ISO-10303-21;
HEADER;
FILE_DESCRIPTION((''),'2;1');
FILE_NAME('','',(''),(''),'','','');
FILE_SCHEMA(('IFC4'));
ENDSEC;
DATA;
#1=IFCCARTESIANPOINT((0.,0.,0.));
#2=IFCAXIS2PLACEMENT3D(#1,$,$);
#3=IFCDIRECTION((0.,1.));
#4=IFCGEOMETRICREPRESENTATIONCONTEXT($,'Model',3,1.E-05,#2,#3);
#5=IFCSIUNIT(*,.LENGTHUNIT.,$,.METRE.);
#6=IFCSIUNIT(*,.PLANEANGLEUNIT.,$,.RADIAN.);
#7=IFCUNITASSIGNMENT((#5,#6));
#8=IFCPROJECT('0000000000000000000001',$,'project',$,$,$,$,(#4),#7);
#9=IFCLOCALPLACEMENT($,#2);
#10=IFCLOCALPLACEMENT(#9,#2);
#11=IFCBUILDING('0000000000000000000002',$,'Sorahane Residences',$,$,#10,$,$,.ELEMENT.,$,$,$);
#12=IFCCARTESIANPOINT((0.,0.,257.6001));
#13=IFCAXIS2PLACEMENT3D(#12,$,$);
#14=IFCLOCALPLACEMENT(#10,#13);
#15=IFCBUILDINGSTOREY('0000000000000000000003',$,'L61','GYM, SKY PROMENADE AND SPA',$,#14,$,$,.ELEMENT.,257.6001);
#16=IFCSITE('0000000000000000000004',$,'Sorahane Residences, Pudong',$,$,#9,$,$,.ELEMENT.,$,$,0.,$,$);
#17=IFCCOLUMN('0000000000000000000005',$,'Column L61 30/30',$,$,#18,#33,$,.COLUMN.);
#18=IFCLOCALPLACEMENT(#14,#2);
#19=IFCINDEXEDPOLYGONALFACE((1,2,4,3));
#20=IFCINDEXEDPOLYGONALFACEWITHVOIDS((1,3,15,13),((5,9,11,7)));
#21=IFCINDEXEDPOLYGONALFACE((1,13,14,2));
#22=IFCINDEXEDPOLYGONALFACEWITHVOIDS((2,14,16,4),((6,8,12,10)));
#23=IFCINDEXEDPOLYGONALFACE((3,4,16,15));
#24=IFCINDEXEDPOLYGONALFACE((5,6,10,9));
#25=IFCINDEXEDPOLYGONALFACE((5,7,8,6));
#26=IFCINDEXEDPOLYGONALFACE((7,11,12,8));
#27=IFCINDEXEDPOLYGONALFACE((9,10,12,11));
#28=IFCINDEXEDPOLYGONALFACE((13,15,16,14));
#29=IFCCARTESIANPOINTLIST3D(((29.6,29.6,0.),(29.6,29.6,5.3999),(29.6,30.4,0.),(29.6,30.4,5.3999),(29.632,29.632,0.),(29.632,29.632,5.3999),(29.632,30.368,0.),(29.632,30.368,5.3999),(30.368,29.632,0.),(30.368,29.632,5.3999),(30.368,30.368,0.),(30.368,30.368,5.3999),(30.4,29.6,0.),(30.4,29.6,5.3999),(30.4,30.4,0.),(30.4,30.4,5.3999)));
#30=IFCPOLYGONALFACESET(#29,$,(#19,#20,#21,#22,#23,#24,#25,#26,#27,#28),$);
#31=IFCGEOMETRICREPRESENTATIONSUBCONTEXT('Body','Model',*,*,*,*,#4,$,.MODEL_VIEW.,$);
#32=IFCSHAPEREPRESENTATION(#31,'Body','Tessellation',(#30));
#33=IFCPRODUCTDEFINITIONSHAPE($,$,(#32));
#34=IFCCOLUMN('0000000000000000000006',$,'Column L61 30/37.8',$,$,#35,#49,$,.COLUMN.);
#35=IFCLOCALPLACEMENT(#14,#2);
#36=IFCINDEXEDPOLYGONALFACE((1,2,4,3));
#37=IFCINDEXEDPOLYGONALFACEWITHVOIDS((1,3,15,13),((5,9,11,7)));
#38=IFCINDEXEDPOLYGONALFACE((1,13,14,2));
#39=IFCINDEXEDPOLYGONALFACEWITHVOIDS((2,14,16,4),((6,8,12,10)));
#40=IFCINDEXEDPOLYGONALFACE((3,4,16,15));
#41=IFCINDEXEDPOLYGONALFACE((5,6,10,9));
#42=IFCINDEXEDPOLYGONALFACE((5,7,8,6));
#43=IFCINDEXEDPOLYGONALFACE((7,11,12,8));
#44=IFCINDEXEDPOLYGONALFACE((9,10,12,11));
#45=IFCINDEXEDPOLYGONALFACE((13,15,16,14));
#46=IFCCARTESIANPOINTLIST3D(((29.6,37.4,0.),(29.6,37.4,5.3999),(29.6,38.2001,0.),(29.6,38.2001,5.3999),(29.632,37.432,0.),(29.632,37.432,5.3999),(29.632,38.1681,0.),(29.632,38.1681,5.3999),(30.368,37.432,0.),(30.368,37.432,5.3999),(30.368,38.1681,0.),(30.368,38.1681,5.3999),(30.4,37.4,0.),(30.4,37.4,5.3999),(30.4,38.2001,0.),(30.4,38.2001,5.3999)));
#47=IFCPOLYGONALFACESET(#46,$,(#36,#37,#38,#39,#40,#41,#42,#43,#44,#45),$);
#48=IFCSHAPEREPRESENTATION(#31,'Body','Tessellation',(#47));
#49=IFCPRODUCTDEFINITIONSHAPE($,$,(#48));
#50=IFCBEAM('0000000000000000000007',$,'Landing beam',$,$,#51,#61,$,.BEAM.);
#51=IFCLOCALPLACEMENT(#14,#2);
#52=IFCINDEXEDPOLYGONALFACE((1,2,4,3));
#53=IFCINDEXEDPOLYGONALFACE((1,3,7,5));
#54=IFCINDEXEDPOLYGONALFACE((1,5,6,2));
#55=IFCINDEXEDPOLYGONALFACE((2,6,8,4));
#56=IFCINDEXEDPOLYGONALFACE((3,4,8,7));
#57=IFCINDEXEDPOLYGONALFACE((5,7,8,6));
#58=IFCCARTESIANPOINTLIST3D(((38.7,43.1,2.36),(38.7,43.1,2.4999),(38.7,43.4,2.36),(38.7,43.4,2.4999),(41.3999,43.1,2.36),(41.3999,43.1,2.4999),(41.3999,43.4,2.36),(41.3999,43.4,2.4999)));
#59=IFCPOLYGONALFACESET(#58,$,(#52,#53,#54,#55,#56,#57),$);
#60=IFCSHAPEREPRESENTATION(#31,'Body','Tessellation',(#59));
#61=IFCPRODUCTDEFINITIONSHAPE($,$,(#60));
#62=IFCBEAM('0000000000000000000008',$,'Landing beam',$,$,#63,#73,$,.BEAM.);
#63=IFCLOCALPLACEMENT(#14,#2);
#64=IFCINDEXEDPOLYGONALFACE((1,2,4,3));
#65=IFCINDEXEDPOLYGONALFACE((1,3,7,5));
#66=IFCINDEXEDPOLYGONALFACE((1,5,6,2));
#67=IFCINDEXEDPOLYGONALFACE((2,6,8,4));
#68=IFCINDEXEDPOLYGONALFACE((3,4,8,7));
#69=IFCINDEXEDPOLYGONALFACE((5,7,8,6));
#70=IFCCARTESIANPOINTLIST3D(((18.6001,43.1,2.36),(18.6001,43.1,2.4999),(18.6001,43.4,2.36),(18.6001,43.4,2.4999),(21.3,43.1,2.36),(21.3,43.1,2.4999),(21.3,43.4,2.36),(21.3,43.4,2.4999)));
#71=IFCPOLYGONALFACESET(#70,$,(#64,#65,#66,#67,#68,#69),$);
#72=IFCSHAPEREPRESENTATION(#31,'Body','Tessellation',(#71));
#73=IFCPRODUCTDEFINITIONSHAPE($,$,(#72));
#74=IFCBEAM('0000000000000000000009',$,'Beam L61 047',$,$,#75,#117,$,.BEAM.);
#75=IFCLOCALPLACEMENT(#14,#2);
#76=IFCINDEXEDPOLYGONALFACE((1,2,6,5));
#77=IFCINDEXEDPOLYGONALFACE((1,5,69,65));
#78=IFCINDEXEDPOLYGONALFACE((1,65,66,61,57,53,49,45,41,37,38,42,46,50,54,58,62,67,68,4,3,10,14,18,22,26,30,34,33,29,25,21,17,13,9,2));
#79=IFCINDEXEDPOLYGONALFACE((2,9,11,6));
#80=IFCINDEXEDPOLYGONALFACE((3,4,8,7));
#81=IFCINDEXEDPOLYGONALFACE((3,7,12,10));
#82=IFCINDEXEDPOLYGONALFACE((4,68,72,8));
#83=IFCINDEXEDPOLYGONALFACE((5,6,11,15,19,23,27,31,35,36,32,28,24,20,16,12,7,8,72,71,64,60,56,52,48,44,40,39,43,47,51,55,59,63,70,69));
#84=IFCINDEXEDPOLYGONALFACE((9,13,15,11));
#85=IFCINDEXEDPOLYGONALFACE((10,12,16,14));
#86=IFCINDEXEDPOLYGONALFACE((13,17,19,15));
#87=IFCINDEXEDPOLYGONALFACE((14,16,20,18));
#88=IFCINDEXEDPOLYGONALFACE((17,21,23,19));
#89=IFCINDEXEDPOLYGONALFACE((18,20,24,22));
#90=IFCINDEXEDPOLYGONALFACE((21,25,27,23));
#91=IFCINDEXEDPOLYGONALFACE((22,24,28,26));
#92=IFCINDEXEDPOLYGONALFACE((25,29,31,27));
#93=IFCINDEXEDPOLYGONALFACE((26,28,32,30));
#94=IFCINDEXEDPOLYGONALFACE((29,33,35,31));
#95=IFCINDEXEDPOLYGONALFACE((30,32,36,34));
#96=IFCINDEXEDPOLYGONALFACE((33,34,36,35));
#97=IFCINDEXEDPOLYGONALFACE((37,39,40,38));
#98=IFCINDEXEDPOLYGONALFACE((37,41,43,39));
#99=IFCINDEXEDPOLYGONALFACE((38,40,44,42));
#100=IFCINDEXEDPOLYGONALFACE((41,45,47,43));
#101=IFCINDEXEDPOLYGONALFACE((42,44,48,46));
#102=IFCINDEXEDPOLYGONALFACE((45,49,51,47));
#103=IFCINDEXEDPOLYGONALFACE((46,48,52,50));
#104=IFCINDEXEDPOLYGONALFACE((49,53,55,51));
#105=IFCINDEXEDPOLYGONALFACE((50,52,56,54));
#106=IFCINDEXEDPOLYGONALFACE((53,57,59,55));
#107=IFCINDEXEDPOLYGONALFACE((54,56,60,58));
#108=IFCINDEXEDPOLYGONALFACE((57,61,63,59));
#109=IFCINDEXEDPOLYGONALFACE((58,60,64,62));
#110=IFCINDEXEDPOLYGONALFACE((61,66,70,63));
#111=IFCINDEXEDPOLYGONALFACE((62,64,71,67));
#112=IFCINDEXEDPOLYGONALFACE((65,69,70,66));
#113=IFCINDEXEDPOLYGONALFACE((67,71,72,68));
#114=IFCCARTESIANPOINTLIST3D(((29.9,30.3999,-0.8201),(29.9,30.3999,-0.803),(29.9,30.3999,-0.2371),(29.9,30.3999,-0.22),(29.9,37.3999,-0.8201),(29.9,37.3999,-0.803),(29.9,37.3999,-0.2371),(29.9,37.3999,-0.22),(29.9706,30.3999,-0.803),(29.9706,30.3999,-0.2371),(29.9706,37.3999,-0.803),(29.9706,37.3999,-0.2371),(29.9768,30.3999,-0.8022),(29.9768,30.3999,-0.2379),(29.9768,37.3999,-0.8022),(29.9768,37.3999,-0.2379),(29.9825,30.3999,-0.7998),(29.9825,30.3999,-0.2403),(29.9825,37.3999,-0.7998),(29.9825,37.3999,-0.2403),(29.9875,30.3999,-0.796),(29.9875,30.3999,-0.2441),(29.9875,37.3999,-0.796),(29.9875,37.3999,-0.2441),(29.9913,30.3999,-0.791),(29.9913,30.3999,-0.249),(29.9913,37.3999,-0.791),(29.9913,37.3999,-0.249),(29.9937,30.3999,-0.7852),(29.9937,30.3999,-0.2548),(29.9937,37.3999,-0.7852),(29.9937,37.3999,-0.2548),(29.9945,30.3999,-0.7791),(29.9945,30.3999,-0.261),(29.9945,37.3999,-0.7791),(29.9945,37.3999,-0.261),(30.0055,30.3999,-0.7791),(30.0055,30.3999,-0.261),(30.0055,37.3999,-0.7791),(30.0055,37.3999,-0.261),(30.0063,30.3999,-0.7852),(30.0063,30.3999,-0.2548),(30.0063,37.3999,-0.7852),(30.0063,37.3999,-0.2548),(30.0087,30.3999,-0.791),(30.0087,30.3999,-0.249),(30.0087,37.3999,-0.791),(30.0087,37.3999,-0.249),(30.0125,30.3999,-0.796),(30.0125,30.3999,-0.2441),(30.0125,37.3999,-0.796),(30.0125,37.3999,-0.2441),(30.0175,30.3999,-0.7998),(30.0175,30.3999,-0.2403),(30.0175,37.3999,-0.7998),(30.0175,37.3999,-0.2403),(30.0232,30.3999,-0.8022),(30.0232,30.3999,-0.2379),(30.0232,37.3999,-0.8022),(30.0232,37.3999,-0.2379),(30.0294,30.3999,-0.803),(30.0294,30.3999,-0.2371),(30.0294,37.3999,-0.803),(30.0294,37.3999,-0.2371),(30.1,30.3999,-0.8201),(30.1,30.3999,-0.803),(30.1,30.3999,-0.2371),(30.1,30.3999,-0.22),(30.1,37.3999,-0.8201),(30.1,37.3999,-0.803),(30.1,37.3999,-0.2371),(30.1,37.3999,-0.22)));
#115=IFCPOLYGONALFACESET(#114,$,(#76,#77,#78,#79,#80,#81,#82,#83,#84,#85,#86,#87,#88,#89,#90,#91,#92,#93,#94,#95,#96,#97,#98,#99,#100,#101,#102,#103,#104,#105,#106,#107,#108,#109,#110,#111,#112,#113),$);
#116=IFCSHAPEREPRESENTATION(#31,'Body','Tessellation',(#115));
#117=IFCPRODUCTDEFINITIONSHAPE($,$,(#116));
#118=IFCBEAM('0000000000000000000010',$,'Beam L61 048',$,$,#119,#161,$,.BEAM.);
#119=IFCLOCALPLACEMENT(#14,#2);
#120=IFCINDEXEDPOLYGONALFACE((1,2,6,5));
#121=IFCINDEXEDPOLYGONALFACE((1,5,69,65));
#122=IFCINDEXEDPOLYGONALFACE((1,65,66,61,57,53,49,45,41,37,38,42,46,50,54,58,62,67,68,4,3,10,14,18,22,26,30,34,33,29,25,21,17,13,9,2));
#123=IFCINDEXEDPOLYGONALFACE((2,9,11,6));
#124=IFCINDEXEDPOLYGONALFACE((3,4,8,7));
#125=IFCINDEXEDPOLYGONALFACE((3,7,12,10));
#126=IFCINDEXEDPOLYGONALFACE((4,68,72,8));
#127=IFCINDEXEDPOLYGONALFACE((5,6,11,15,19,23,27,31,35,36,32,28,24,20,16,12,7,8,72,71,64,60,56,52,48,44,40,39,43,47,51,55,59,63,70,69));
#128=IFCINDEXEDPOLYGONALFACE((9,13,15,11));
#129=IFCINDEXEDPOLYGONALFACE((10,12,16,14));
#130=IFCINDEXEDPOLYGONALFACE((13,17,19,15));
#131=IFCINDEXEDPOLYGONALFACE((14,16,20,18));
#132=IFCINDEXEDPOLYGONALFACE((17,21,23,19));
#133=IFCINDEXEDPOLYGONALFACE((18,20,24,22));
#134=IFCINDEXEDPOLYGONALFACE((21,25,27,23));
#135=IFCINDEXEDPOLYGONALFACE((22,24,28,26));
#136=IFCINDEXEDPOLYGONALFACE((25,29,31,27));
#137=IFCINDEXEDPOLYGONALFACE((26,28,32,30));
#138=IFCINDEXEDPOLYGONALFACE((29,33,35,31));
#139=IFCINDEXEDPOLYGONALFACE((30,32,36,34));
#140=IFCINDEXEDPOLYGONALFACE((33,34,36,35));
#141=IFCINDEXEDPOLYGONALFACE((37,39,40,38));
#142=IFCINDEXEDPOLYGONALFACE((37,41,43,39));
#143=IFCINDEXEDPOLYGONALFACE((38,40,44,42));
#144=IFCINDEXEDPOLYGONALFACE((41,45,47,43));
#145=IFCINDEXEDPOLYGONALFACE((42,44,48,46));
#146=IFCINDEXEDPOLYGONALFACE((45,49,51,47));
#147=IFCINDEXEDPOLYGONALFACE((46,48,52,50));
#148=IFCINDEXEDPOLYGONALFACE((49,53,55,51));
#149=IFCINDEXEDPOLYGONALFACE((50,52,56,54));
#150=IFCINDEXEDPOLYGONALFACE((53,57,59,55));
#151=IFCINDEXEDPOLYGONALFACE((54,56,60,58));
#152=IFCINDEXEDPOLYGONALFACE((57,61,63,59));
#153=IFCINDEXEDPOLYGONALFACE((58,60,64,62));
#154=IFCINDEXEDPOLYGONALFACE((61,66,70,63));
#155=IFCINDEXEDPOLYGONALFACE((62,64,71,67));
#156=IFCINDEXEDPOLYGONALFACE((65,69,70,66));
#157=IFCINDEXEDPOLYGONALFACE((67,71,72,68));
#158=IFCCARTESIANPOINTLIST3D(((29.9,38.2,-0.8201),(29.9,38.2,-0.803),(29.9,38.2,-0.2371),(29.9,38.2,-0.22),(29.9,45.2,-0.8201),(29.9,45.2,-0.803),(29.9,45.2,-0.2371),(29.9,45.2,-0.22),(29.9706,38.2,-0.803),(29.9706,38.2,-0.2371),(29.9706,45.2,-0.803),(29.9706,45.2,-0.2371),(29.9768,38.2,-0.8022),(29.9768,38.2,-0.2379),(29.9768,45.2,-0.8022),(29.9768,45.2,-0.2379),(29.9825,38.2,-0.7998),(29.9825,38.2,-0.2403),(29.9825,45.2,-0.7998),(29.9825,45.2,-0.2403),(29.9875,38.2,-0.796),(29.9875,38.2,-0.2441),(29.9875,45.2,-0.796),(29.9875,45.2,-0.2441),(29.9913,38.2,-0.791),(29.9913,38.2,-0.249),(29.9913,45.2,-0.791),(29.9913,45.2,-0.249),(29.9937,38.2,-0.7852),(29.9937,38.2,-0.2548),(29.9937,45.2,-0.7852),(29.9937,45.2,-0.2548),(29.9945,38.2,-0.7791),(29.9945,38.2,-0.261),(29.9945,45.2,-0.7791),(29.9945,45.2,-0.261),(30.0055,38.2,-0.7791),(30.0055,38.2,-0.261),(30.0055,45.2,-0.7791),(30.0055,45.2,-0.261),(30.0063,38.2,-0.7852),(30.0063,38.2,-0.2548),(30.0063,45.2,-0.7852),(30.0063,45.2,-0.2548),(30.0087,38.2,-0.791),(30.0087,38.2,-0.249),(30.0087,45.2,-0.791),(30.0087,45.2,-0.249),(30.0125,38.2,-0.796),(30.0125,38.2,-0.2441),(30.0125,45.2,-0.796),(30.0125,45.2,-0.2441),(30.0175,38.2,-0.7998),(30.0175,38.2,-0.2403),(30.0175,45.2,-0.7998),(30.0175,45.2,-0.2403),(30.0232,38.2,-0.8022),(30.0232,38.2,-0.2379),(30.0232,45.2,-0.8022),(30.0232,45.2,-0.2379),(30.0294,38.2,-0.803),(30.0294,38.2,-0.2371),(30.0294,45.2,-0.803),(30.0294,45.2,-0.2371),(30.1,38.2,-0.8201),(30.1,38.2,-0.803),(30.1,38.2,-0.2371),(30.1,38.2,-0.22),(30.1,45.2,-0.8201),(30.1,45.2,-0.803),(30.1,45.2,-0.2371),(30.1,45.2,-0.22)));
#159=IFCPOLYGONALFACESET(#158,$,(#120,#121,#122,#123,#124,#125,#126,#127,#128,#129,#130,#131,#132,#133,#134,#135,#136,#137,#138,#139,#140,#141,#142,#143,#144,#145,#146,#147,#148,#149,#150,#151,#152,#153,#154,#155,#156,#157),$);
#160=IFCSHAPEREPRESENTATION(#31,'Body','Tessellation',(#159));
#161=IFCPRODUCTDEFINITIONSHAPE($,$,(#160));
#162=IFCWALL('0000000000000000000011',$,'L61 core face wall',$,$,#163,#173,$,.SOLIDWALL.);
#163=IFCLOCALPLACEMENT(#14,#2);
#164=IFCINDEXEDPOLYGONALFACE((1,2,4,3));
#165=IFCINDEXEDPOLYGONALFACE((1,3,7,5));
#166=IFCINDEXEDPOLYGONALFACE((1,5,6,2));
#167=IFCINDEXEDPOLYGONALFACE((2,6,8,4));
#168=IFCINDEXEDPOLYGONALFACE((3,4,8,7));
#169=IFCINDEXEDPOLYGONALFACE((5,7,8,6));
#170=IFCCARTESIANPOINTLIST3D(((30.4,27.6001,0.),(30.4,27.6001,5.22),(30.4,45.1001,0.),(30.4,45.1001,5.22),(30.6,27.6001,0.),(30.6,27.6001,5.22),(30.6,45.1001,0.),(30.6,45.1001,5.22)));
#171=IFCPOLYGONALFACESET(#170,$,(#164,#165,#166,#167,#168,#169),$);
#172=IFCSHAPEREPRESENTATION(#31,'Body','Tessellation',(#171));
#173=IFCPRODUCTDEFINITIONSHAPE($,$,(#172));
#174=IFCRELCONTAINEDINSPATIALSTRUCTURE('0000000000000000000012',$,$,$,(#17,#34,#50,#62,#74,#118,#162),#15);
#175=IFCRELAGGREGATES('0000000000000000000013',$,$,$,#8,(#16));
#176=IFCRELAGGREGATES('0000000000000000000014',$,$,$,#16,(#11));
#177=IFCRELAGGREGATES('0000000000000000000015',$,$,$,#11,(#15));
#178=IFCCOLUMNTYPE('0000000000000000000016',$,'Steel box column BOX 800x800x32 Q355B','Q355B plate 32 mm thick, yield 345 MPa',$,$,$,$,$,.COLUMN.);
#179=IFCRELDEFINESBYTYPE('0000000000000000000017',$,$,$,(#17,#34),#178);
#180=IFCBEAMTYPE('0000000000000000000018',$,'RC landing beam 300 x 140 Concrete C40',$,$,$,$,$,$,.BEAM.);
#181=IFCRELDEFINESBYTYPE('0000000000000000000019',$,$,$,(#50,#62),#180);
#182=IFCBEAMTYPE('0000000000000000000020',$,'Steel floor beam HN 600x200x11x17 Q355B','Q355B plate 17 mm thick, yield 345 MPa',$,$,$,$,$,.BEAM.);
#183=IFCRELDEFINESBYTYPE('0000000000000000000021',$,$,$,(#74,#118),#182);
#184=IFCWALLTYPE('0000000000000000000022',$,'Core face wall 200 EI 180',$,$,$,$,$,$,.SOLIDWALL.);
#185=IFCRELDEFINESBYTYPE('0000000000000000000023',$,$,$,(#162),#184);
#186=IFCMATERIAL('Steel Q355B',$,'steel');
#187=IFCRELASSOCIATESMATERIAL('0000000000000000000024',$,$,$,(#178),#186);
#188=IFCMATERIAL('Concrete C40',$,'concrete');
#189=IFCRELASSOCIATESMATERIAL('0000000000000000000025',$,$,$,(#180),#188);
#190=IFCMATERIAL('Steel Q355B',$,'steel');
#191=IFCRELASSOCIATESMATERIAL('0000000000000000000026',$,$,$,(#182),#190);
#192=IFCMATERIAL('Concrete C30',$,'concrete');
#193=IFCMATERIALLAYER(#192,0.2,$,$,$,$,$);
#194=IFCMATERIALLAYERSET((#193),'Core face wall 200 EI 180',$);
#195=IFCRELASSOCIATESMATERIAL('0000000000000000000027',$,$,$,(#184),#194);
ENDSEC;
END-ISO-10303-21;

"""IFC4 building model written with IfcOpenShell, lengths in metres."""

from ifc_helpers import new_model, si_unit, direction, frame, frame_2d, origin, origin_2d, place, context, subcontext, project, spatial, rectangle, hollow_rectangle, i_section, extrude, material, layer, layer_set, material_profile, profile_set, type_object, element, save


model = new_model("IFC4")

# Units and contexts
model_context = context("Model", 3, precision=1e-05, world=origin(), true_north=direction((0.0, 1.0)))
body_context = subcontext(model_context, "Body", "Model", "MODEL_VIEW")
ifc_project = project(units=[si_unit("LENGTHUNIT", "METRE"), si_unit("PLANEANGLEUNIT", "RADIAN")], contexts=[model_context])

# Site, building, storey
site_placement = place(None, origin())
site = spatial("IfcSite", under=ifc_project, at=site_placement, Name="Sorahane Residences, Pudong", CompositionType="ELEMENT", RefElevation=0.0)
building_placement = place(site_placement, origin())
building = spatial("IfcBuilding", under=site, at=building_placement, Name="Sorahane Residences", CompositionType="ELEMENT")
storey_placement = place(building_placement, frame((0.0, 0.0, 257.6001)))
storey = spatial("IfcBuildingStorey", under=building, at=storey_placement, Name="L61", Description="GYM, SKY PROMENADE AND SPA", CompositionType="ELEMENT", Elevation=257.6001)

# Columns
ifc_material_1 = material(Name="Steel Q355B", Category="steel")
ifc_material_profile_1 = material_profile(ifc_material_1, hollow_rectangle(XDim=0.8, YDim=0.8, WallThickness=0.032, at=origin_2d()), Name="BOX 800x800x32")
ifc_profile_set_1 = profile_set([ifc_material_profile_1], Name="Steel Q355B")
column_type = type_object("IfcColumnType", Name="Steel box column BOX 800x800x32 Q355B", Description="Q355B plate 32 mm thick, yield 345 MPa", PredefinedType="COLUMN", material=ifc_profile_set_1)
for number, where, z_axis, x_axis, name in (
    (1, (30.0, 30.0, 0.0), (0.0, 0.0, 1.0), (1.0, 0.0, 0.0), "Column L61 30/30"),
    (2, (30.0, 37.8, 0.0), (0.0, 0.0, 1.0), (1.0, 0.0, 0.0), "Column L61 30/37.8"),
):
    element("IfcColumn", number, at=place(storey_placement, frame(where, z_axis=z_axis, x_axis=x_axis)), inside=storey, type_object=column_type, Name=name, PredefinedType="COLUMN", context=body_context, shape_type="SweptSolid", body=[
        extrude(hollow_rectangle(XDim=0.8, YDim=0.8, WallThickness=0.032, at=origin_2d()), origin(), (0.0, 0.0, 1.0), 5.3999),
    ])

# Beams
ifc_material_2 = material(Name="Concrete C40", Category="concrete")
ifc_material_profile_2 = material_profile(ifc_material_2, rectangle(XDim=0.3, YDim=0.1399, at=origin_2d()), Name="300x140")
ifc_profile_set_2 = profile_set([ifc_material_profile_2], Name="Concrete C40")
beam_type_1 = type_object("IfcBeamType", Name="RC landing beam 300 x 140 Concrete C40", PredefinedType="BEAM", material=ifc_profile_set_2)
for number, where, z_axis, x_axis, name in (
    (3, (38.7, 43.25, 2.4299), (1.0, 0.0, 0.0), (0.0, 1.0, 0.0), "Landing beam"),
    (4, (18.6001, 43.25, 2.4299), (1.0, 0.0, 0.0), (0.0, 1.0, 0.0), "Landing beam"),
):
    element("IfcBeam", number, at=place(storey_placement, frame(where, z_axis=z_axis, x_axis=x_axis)), inside=storey, type_object=beam_type_1, Name=name, PredefinedType="BEAM", context=body_context, shape_type="SweptSolid", body=[
        extrude(rectangle(XDim=0.3, YDim=0.1399, at=origin_2d()), origin(), (0.0, 0.0, 1.0), 2.7),
    ])
ifc_material_3 = material(Name="Steel Q355B", Category="steel")
ifc_material_profile_3 = material_profile(ifc_material_3, i_section(OverallWidth=0.2, OverallDepth=0.6001, WebThickness=0.011, FlangeThickness=0.0171, FilletRadius=0.0239, at=origin_2d()), Name="HN 600x200x11x17")
ifc_profile_set_3 = profile_set([ifc_material_profile_3], Name="Steel Q355B")
beam_type_2 = type_object("IfcBeamType", Name="Steel floor beam HN 600x200x11x17 Q355B", Description="Q355B plate 17 mm thick, yield 345 MPa", PredefinedType="BEAM", material=ifc_profile_set_3)
for number, where, z_axis, x_axis, name in (
    (5, (30.0, 30.3999, -0.52), (0.0, 1.0, 0.0), (-1.0, 0.0, 0.0), "Beam L61 047"),
    (6, (30.0, 38.2, -0.52), (0.0, 1.0, 0.0), (-1.0, 0.0, 0.0), "Beam L61 048"),
):
    element("IfcBeam", number, at=place(storey_placement, frame(where, z_axis=z_axis, x_axis=x_axis)), inside=storey, type_object=beam_type_2, Name=name, PredefinedType="BEAM", context=body_context, shape_type="SweptSolid", body=[
        extrude(i_section(OverallWidth=0.2, OverallDepth=0.6001, WebThickness=0.011, FlangeThickness=0.0171, FilletRadius=0.0239, at=origin_2d()), origin(), (0.0, 0.0, 1.0), 7.0),
    ])

# Wall
ifc_material_4 = material(Name="Concrete C30", Category="concrete")
ifc_layer_1 = layer(ifc_material_4, 0.2)
ifc_layer_set_1 = layer_set([ifc_layer_1], Name="Core face wall 200 EI 180")
wall_type_1 = type_object("IfcWallType", Name="Core face wall 200 EI 180", PredefinedType="SOLIDWALL", material=ifc_layer_set_1)
wall_1_placement = place(storey_placement, frame((30.5, 27.6001, 0.0), z_axis=(0.0, 0.0, 1.0), x_axis=(0.0, 1.0, 0.0)))
element("IfcWall", 7, at=wall_1_placement, inside=storey, type_object=wall_type_1, Name="L61 core face wall", PredefinedType="SOLIDWALL", context=body_context, shape_type="SweptSolid", body=[
    extrude(rectangle(XDim=17.5, YDim=0.2, at=frame_2d((8.75, 0.0))), origin(), (0.0, 0.0, 1.0), 5.22),
])

save(model, "model.ifc")
